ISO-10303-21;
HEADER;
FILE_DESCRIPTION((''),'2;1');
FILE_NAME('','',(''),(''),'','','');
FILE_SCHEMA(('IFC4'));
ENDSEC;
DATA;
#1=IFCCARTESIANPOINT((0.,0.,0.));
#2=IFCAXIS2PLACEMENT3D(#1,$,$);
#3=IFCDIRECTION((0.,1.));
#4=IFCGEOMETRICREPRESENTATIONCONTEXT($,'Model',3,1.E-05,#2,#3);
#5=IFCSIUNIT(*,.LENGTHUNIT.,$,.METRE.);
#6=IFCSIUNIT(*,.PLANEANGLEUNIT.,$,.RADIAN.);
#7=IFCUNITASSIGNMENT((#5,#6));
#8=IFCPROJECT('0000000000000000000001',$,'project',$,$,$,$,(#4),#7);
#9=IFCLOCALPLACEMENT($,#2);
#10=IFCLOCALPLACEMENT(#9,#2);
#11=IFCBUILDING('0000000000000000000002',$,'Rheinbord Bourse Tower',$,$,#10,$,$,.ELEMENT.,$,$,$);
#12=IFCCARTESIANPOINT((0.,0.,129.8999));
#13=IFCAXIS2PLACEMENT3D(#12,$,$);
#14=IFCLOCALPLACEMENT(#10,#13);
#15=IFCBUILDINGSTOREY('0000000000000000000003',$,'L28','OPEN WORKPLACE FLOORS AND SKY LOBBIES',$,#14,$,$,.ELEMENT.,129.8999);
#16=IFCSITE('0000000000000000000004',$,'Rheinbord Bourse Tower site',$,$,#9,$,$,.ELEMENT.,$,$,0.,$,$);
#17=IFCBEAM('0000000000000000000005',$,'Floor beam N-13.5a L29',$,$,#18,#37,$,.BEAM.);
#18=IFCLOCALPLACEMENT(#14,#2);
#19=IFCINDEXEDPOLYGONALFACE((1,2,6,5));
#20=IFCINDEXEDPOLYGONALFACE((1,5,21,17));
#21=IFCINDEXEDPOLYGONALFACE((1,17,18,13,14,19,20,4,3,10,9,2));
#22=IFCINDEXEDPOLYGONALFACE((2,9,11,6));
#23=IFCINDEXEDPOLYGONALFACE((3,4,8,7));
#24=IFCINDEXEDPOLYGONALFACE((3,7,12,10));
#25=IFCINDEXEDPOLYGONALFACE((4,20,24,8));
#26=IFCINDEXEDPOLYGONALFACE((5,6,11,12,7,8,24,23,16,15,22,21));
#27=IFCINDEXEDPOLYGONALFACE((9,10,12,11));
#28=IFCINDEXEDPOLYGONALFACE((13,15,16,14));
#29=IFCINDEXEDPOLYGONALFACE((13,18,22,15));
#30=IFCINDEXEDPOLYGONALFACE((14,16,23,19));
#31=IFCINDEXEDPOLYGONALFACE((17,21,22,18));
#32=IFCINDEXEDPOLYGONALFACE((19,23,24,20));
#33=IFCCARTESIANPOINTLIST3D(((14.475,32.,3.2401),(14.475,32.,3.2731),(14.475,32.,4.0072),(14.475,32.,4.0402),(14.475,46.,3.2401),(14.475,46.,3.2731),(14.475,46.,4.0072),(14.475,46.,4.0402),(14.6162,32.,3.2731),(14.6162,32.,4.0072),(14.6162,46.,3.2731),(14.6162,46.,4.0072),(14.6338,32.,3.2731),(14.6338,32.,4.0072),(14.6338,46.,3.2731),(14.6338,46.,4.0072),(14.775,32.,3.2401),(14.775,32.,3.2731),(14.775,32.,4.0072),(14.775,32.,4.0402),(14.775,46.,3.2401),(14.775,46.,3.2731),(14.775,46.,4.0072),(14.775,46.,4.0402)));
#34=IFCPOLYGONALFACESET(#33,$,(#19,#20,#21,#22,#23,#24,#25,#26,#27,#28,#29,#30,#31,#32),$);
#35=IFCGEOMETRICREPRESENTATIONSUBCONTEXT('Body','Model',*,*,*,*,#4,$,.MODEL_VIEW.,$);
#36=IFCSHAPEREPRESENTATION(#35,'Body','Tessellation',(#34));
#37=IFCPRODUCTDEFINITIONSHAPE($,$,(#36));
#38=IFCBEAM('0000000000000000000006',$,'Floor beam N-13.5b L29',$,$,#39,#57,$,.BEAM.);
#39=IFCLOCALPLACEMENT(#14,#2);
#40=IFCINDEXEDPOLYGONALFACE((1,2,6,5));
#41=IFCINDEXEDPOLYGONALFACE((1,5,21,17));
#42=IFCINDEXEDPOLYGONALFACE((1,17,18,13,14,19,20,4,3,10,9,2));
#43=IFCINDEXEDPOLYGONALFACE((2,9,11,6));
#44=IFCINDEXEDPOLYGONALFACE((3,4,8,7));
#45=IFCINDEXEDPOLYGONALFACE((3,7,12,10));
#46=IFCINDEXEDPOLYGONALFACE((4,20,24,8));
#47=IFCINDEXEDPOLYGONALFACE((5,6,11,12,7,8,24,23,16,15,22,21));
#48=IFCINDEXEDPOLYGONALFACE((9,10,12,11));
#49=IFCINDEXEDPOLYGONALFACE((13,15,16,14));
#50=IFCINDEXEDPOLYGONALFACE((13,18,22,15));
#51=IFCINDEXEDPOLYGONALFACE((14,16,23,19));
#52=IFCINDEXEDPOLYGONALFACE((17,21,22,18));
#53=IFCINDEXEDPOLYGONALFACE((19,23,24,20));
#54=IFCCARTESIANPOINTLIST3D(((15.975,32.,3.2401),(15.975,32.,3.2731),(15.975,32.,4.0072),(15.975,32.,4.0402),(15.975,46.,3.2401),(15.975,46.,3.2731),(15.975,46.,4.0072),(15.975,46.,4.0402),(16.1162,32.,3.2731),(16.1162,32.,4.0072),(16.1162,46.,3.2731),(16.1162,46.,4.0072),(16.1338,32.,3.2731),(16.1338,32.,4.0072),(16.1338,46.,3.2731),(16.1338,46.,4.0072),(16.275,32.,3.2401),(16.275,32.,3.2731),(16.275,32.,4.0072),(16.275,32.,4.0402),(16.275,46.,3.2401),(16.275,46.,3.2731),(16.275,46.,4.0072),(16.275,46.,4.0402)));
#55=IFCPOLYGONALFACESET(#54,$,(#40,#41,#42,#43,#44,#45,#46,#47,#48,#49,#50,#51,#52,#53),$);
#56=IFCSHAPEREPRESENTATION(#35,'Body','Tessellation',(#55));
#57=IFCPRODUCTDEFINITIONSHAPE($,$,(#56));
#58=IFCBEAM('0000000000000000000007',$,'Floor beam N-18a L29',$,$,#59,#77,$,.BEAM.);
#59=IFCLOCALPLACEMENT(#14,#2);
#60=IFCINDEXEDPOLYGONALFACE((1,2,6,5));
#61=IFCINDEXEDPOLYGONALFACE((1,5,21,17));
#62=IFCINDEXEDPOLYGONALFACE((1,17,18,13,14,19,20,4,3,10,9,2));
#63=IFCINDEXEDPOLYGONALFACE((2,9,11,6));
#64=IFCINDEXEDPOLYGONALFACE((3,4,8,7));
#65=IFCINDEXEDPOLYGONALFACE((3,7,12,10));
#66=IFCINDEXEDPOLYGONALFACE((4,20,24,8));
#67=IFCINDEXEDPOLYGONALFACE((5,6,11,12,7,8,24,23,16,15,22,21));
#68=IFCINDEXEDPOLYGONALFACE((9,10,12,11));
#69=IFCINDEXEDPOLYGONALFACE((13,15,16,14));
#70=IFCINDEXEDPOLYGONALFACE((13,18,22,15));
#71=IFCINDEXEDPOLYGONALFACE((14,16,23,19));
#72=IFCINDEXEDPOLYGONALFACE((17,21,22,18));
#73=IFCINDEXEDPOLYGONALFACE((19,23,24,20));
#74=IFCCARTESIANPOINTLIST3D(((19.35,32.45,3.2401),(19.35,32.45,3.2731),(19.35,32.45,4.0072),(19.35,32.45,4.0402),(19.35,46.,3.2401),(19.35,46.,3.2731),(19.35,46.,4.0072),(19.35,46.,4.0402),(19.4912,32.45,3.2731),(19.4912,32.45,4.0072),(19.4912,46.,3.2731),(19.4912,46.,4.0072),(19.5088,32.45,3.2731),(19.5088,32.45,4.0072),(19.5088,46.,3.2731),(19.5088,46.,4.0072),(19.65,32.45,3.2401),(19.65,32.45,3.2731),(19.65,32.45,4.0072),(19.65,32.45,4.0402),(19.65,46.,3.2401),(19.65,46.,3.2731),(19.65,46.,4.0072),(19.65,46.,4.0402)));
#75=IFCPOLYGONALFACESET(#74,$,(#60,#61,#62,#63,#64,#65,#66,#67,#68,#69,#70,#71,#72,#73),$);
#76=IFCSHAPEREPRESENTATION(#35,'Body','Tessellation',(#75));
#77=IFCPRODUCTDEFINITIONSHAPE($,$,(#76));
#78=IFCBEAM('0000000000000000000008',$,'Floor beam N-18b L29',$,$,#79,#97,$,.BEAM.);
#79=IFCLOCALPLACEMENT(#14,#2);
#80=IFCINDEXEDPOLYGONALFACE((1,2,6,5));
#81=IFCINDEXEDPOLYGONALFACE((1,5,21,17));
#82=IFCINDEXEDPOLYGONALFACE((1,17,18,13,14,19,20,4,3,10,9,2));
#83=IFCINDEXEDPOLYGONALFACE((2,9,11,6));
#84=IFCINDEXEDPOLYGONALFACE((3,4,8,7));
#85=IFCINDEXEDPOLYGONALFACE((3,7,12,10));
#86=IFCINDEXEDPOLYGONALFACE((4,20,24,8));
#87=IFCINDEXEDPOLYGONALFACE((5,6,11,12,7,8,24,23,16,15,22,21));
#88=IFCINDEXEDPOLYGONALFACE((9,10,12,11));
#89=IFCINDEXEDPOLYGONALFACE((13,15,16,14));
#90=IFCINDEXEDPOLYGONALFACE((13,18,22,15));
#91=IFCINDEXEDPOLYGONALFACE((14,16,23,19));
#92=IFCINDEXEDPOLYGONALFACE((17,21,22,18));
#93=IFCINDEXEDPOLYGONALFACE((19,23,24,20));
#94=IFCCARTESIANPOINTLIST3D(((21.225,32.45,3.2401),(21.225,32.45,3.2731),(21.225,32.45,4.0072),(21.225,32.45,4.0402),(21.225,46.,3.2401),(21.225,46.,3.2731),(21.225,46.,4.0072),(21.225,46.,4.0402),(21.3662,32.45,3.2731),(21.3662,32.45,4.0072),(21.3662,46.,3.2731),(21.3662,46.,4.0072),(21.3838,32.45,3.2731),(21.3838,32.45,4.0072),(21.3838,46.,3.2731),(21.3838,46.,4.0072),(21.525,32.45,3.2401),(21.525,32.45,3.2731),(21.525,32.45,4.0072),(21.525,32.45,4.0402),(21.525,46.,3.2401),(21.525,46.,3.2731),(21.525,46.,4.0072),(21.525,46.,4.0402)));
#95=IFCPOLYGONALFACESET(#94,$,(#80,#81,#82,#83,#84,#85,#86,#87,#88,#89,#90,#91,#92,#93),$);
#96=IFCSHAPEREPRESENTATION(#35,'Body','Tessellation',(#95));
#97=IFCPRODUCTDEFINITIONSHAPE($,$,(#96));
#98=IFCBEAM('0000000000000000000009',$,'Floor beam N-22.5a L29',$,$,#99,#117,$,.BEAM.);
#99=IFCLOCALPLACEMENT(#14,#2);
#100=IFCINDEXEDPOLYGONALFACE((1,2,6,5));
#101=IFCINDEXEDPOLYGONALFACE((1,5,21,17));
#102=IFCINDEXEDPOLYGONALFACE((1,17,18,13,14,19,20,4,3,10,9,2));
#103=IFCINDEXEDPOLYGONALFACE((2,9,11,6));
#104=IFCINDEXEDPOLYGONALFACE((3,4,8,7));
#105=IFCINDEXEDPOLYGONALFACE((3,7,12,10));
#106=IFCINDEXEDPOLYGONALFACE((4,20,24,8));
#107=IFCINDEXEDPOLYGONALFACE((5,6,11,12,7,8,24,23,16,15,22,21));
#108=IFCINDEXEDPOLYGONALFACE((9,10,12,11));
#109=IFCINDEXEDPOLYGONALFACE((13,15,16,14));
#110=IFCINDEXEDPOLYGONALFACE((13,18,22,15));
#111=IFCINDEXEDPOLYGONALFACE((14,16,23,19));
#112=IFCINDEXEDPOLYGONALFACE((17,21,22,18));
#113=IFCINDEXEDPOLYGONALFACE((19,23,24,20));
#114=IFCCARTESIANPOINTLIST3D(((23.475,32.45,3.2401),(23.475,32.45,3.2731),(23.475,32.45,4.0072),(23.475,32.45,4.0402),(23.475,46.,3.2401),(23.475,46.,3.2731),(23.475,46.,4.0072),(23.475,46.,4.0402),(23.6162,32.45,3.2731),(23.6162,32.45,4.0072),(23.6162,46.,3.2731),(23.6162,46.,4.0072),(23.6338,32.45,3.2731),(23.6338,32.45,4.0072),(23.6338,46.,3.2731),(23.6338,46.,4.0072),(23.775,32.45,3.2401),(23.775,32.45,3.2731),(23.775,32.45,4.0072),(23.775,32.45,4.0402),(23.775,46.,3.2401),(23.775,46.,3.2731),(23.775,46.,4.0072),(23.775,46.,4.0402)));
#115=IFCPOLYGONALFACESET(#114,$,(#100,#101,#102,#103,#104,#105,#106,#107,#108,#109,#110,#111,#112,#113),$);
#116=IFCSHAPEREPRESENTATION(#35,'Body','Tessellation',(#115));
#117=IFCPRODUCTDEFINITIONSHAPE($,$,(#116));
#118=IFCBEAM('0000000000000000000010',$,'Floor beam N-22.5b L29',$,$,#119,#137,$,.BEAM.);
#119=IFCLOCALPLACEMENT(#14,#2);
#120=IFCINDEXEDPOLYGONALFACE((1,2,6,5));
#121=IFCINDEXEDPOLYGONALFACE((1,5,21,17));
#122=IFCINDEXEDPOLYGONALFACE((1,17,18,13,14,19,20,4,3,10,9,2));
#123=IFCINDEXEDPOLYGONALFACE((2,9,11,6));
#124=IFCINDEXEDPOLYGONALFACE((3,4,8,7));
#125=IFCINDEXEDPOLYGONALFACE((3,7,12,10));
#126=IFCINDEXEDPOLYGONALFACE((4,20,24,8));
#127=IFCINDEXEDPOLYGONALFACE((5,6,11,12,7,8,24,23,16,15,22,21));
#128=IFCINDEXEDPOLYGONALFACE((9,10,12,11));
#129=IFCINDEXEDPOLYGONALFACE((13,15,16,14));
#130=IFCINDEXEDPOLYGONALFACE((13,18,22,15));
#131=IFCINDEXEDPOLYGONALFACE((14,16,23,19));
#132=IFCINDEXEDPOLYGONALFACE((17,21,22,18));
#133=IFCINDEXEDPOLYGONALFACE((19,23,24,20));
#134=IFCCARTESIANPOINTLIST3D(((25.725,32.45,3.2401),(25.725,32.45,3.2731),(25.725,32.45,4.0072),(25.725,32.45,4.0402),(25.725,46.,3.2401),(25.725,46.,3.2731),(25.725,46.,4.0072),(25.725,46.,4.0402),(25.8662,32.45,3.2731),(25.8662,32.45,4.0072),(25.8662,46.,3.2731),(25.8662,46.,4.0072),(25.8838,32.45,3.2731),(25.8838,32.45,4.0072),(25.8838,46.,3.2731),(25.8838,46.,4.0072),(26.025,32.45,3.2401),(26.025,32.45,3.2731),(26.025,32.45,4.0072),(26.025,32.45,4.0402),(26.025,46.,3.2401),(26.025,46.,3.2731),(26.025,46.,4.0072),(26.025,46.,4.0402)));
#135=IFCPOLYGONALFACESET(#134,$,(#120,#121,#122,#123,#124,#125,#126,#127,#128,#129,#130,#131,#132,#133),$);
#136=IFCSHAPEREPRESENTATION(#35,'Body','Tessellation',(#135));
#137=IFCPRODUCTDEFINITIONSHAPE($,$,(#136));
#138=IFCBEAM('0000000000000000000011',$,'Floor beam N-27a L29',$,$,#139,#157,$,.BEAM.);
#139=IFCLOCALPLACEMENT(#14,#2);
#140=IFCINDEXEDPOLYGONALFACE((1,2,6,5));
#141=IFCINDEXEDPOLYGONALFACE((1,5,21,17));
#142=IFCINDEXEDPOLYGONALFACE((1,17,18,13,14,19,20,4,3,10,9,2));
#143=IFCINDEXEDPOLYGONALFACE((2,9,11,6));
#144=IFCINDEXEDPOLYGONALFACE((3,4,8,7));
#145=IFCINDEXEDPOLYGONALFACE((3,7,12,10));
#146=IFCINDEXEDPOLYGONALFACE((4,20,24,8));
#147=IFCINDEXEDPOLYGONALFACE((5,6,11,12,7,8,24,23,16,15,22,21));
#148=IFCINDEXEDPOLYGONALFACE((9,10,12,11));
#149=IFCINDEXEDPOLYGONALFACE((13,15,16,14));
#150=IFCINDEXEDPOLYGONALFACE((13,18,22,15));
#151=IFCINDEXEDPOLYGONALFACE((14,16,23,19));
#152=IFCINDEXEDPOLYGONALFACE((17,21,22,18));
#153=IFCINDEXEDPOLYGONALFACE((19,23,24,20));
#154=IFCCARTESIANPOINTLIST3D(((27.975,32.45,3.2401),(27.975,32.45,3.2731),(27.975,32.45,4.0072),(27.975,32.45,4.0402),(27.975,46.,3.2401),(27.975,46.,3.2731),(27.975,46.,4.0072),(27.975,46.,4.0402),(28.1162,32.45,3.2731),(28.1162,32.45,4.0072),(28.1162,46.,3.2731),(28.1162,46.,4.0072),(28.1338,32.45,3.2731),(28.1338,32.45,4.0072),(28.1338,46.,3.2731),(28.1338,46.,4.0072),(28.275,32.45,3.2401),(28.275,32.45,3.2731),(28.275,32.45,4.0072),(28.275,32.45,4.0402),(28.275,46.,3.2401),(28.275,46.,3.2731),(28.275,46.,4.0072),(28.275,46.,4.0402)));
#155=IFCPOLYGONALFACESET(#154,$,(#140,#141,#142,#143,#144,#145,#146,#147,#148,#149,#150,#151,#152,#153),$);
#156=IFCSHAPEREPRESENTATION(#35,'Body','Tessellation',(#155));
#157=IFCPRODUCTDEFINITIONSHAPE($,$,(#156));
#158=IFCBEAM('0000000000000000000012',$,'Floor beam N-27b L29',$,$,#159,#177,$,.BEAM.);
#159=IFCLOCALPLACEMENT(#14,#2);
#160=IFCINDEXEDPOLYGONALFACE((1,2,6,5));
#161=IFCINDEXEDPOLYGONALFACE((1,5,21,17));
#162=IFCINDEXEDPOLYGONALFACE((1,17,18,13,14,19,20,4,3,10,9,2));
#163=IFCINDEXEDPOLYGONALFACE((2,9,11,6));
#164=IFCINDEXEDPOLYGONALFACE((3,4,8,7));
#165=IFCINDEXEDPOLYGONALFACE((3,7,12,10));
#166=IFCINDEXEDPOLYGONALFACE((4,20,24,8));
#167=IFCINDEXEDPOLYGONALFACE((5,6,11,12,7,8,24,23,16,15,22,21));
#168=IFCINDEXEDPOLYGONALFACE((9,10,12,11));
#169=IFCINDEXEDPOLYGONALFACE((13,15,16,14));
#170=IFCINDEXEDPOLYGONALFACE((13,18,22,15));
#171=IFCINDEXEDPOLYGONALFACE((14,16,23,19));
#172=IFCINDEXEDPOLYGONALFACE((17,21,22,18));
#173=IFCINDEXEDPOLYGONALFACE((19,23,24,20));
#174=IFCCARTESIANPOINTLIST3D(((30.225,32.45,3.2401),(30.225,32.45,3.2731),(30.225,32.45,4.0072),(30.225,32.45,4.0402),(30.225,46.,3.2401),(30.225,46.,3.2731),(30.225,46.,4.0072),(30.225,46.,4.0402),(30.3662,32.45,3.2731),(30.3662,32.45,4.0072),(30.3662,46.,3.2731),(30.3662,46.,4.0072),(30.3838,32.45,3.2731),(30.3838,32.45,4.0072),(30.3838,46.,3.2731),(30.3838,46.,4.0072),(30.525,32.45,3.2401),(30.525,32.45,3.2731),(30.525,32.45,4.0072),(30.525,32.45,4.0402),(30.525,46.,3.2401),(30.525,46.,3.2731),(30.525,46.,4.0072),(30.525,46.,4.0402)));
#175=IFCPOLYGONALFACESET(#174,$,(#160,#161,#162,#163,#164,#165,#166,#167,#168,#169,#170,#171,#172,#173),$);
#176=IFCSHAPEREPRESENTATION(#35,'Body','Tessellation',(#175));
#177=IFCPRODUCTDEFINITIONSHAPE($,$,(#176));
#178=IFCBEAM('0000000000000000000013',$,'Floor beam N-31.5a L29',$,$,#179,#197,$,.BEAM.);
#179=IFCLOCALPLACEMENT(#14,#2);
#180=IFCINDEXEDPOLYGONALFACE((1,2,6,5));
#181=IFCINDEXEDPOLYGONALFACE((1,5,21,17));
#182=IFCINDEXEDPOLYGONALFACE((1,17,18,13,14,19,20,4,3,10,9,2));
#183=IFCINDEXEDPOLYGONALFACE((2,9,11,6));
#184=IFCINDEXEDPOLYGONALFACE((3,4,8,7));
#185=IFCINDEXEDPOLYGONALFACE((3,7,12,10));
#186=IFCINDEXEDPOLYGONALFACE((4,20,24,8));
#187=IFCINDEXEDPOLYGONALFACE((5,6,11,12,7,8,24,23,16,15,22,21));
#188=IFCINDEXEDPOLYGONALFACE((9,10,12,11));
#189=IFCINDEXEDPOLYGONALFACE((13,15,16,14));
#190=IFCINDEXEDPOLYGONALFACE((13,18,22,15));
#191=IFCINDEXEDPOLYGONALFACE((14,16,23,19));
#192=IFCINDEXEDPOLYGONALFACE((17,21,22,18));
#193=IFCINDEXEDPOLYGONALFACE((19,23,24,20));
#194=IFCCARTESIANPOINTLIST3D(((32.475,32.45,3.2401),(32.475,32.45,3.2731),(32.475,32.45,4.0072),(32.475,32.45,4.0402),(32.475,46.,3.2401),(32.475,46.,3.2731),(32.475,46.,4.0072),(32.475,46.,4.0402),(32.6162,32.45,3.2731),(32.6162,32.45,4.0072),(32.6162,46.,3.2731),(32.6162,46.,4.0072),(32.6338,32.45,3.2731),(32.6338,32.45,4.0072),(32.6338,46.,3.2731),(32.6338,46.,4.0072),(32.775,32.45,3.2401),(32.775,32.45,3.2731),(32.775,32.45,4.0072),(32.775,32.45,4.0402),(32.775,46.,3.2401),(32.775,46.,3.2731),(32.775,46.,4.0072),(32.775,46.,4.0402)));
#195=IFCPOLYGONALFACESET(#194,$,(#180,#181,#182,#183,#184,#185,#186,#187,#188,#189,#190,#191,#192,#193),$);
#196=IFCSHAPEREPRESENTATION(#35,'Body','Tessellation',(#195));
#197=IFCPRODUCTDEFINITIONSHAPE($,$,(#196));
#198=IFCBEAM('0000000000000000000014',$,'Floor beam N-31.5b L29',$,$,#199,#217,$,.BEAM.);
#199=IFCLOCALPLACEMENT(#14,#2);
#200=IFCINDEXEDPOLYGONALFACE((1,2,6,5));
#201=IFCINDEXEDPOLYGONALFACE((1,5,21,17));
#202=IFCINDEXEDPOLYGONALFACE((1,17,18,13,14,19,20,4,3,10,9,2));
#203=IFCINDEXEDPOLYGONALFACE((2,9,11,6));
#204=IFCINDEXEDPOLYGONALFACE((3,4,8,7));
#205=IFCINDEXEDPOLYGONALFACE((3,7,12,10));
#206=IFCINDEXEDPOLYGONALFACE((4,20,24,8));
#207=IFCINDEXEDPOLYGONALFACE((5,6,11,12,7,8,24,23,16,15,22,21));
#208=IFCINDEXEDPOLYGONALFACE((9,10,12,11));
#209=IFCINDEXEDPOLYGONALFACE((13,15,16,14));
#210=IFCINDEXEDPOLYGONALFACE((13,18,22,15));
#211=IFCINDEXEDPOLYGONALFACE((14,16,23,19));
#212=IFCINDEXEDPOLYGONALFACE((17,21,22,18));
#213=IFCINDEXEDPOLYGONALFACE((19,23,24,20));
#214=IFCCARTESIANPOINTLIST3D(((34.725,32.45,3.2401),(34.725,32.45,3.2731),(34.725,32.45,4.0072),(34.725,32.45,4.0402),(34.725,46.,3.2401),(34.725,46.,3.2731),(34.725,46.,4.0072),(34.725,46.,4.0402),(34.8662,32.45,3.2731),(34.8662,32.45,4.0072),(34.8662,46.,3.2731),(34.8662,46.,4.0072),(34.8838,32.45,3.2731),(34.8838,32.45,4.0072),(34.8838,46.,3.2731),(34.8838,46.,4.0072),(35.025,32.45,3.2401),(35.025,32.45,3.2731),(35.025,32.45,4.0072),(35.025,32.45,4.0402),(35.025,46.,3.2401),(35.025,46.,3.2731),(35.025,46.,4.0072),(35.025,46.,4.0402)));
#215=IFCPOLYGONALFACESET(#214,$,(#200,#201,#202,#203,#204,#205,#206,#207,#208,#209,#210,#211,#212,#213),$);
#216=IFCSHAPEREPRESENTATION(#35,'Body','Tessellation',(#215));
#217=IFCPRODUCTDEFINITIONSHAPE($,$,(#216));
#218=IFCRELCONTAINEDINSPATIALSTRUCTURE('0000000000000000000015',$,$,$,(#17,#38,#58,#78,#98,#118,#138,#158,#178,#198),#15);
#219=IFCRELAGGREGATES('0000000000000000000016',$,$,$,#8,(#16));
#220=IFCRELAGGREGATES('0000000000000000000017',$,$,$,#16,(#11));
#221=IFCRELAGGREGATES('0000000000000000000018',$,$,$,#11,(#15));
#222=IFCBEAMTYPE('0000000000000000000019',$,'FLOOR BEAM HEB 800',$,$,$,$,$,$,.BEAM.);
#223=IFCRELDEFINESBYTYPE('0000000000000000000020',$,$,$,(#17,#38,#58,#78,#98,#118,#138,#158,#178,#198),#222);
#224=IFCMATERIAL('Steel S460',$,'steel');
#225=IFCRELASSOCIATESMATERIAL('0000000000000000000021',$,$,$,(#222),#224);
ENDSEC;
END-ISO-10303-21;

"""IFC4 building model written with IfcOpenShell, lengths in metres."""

from ifc_helpers import new_model, si_unit, direction, frame, origin, origin_2d, place, context, subcontext, project, spatial, i_section, extrude, material, material_profile, profile_set, type_object, element, save


model = new_model("IFC4")

# Units and contexts
model_context = context("Model", 3, precision=1e-05, world=origin(), true_north=direction((0.0, 1.0)))
body_context = subcontext(model_context, "Body", "Model", "MODEL_VIEW")
ifc_project = project(units=[si_unit("LENGTHUNIT", "METRE"), si_unit("PLANEANGLEUNIT", "RADIAN")], contexts=[model_context])

# Site, building, storey
site_placement = place(None, origin())
site = spatial("IfcSite", under=ifc_project, at=site_placement, Name="Rheinbord Bourse Tower site", CompositionType="ELEMENT", RefElevation=0.0)
building_placement = place(site_placement, origin())
building = spatial("IfcBuilding", under=site, at=building_placement, Name="Rheinbord Bourse Tower", CompositionType="ELEMENT")
storey_placement = place(building_placement, frame((0.0, 0.0, 129.8999)))
storey = spatial("IfcBuildingStorey", under=building, at=storey_placement, Name="L28", Description="OPEN WORKPLACE FLOORS AND SKY LOBBIES", CompositionType="ELEMENT", Elevation=129.8999)

# Beams
ifc_material_1 = material(Name="Steel S460", Category="steel")
ifc_material_profile_1 = material_profile(ifc_material_1, i_section(OverallWidth=0.3, OverallDepth=0.8, WebThickness=0.0176, FlangeThickness=0.033, at=origin_2d()), Name="HEB 800")
ifc_profile_set_1 = profile_set([ifc_material_profile_1], Name="Steel S460")
beam_type_1 = type_object("IfcBeamType", Name="FLOOR BEAM HEB 800", PredefinedType="BEAM", material=ifc_profile_set_1)
for number, where, z_axis, x_axis, name in (
    (1, (14.625, 46.0, 3.6401), (0.0, -1.0, 0.0), (1.0, 0.0, 0.0), "Floor beam N-13.5a L29"),
    (2, (16.125, 46.0, 3.6401), (0.0, -1.0, 0.0), (1.0, 0.0, 0.0), "Floor beam N-13.5b L29"),
):
    element("IfcBeam", number, at=place(storey_placement, frame(where, z_axis=z_axis, x_axis=x_axis)), inside=storey, type_object=beam_type_1, Name=name, PredefinedType="BEAM", context=body_context, shape_type="SweptSolid", body=[
        extrude(i_section(OverallWidth=0.3, OverallDepth=0.8, WebThickness=0.0176, FlangeThickness=0.033, at=origin_2d()), origin(), (0.0, 0.0, 1.0), 14.0),
    ])
for number, where, z_axis, x_axis, name in (
    (3, (19.5, 46.0, 3.6401), (0.0, -1.0, 0.0), (1.0, 0.0, 0.0), "Floor beam N-18a L29"),
    (4, (21.375, 46.0, 3.6401), (0.0, -1.0, 0.0), (1.0, 0.0, 0.0), "Floor beam N-18b L29"),
    (5, (23.625, 46.0, 3.6401), (0.0, -1.0, 0.0), (1.0, 0.0, 0.0), "Floor beam N-22.5a L29"),
    (6, (25.875, 46.0, 3.6401), (0.0, -1.0, 0.0), (1.0, 0.0, 0.0), "Floor beam N-22.5b L29"),
    (7, (28.125, 46.0, 3.6401), (0.0, -1.0, 0.0), (1.0, 0.0, 0.0), "Floor beam N-27a L29"),
    (8, (30.375, 46.0, 3.6401), (0.0, -1.0, 0.0), (1.0, 0.0, 0.0), "Floor beam N-27b L29"),
    (9, (32.625, 46.0, 3.6401), (0.0, -1.0, 0.0), (1.0, 0.0, 0.0), "Floor beam N-31.5a L29"),
    (10, (34.875, 46.0, 3.6401), (0.0, -1.0, 0.0), (1.0, 0.0, 0.0), "Floor beam N-31.5b L29"),
):
    element("IfcBeam", number, at=place(storey_placement, frame(where, z_axis=z_axis, x_axis=x_axis)), inside=storey, type_object=beam_type_1, Name=name, PredefinedType="BEAM", context=body_context, shape_type="SweptSolid", body=[
        extrude(i_section(OverallWidth=0.3, OverallDepth=0.8, WebThickness=0.0176, FlangeThickness=0.033, at=origin_2d()), origin(), (0.0, 0.0, 1.0), 13.55),
    ])

save(model, "model.ifc")
